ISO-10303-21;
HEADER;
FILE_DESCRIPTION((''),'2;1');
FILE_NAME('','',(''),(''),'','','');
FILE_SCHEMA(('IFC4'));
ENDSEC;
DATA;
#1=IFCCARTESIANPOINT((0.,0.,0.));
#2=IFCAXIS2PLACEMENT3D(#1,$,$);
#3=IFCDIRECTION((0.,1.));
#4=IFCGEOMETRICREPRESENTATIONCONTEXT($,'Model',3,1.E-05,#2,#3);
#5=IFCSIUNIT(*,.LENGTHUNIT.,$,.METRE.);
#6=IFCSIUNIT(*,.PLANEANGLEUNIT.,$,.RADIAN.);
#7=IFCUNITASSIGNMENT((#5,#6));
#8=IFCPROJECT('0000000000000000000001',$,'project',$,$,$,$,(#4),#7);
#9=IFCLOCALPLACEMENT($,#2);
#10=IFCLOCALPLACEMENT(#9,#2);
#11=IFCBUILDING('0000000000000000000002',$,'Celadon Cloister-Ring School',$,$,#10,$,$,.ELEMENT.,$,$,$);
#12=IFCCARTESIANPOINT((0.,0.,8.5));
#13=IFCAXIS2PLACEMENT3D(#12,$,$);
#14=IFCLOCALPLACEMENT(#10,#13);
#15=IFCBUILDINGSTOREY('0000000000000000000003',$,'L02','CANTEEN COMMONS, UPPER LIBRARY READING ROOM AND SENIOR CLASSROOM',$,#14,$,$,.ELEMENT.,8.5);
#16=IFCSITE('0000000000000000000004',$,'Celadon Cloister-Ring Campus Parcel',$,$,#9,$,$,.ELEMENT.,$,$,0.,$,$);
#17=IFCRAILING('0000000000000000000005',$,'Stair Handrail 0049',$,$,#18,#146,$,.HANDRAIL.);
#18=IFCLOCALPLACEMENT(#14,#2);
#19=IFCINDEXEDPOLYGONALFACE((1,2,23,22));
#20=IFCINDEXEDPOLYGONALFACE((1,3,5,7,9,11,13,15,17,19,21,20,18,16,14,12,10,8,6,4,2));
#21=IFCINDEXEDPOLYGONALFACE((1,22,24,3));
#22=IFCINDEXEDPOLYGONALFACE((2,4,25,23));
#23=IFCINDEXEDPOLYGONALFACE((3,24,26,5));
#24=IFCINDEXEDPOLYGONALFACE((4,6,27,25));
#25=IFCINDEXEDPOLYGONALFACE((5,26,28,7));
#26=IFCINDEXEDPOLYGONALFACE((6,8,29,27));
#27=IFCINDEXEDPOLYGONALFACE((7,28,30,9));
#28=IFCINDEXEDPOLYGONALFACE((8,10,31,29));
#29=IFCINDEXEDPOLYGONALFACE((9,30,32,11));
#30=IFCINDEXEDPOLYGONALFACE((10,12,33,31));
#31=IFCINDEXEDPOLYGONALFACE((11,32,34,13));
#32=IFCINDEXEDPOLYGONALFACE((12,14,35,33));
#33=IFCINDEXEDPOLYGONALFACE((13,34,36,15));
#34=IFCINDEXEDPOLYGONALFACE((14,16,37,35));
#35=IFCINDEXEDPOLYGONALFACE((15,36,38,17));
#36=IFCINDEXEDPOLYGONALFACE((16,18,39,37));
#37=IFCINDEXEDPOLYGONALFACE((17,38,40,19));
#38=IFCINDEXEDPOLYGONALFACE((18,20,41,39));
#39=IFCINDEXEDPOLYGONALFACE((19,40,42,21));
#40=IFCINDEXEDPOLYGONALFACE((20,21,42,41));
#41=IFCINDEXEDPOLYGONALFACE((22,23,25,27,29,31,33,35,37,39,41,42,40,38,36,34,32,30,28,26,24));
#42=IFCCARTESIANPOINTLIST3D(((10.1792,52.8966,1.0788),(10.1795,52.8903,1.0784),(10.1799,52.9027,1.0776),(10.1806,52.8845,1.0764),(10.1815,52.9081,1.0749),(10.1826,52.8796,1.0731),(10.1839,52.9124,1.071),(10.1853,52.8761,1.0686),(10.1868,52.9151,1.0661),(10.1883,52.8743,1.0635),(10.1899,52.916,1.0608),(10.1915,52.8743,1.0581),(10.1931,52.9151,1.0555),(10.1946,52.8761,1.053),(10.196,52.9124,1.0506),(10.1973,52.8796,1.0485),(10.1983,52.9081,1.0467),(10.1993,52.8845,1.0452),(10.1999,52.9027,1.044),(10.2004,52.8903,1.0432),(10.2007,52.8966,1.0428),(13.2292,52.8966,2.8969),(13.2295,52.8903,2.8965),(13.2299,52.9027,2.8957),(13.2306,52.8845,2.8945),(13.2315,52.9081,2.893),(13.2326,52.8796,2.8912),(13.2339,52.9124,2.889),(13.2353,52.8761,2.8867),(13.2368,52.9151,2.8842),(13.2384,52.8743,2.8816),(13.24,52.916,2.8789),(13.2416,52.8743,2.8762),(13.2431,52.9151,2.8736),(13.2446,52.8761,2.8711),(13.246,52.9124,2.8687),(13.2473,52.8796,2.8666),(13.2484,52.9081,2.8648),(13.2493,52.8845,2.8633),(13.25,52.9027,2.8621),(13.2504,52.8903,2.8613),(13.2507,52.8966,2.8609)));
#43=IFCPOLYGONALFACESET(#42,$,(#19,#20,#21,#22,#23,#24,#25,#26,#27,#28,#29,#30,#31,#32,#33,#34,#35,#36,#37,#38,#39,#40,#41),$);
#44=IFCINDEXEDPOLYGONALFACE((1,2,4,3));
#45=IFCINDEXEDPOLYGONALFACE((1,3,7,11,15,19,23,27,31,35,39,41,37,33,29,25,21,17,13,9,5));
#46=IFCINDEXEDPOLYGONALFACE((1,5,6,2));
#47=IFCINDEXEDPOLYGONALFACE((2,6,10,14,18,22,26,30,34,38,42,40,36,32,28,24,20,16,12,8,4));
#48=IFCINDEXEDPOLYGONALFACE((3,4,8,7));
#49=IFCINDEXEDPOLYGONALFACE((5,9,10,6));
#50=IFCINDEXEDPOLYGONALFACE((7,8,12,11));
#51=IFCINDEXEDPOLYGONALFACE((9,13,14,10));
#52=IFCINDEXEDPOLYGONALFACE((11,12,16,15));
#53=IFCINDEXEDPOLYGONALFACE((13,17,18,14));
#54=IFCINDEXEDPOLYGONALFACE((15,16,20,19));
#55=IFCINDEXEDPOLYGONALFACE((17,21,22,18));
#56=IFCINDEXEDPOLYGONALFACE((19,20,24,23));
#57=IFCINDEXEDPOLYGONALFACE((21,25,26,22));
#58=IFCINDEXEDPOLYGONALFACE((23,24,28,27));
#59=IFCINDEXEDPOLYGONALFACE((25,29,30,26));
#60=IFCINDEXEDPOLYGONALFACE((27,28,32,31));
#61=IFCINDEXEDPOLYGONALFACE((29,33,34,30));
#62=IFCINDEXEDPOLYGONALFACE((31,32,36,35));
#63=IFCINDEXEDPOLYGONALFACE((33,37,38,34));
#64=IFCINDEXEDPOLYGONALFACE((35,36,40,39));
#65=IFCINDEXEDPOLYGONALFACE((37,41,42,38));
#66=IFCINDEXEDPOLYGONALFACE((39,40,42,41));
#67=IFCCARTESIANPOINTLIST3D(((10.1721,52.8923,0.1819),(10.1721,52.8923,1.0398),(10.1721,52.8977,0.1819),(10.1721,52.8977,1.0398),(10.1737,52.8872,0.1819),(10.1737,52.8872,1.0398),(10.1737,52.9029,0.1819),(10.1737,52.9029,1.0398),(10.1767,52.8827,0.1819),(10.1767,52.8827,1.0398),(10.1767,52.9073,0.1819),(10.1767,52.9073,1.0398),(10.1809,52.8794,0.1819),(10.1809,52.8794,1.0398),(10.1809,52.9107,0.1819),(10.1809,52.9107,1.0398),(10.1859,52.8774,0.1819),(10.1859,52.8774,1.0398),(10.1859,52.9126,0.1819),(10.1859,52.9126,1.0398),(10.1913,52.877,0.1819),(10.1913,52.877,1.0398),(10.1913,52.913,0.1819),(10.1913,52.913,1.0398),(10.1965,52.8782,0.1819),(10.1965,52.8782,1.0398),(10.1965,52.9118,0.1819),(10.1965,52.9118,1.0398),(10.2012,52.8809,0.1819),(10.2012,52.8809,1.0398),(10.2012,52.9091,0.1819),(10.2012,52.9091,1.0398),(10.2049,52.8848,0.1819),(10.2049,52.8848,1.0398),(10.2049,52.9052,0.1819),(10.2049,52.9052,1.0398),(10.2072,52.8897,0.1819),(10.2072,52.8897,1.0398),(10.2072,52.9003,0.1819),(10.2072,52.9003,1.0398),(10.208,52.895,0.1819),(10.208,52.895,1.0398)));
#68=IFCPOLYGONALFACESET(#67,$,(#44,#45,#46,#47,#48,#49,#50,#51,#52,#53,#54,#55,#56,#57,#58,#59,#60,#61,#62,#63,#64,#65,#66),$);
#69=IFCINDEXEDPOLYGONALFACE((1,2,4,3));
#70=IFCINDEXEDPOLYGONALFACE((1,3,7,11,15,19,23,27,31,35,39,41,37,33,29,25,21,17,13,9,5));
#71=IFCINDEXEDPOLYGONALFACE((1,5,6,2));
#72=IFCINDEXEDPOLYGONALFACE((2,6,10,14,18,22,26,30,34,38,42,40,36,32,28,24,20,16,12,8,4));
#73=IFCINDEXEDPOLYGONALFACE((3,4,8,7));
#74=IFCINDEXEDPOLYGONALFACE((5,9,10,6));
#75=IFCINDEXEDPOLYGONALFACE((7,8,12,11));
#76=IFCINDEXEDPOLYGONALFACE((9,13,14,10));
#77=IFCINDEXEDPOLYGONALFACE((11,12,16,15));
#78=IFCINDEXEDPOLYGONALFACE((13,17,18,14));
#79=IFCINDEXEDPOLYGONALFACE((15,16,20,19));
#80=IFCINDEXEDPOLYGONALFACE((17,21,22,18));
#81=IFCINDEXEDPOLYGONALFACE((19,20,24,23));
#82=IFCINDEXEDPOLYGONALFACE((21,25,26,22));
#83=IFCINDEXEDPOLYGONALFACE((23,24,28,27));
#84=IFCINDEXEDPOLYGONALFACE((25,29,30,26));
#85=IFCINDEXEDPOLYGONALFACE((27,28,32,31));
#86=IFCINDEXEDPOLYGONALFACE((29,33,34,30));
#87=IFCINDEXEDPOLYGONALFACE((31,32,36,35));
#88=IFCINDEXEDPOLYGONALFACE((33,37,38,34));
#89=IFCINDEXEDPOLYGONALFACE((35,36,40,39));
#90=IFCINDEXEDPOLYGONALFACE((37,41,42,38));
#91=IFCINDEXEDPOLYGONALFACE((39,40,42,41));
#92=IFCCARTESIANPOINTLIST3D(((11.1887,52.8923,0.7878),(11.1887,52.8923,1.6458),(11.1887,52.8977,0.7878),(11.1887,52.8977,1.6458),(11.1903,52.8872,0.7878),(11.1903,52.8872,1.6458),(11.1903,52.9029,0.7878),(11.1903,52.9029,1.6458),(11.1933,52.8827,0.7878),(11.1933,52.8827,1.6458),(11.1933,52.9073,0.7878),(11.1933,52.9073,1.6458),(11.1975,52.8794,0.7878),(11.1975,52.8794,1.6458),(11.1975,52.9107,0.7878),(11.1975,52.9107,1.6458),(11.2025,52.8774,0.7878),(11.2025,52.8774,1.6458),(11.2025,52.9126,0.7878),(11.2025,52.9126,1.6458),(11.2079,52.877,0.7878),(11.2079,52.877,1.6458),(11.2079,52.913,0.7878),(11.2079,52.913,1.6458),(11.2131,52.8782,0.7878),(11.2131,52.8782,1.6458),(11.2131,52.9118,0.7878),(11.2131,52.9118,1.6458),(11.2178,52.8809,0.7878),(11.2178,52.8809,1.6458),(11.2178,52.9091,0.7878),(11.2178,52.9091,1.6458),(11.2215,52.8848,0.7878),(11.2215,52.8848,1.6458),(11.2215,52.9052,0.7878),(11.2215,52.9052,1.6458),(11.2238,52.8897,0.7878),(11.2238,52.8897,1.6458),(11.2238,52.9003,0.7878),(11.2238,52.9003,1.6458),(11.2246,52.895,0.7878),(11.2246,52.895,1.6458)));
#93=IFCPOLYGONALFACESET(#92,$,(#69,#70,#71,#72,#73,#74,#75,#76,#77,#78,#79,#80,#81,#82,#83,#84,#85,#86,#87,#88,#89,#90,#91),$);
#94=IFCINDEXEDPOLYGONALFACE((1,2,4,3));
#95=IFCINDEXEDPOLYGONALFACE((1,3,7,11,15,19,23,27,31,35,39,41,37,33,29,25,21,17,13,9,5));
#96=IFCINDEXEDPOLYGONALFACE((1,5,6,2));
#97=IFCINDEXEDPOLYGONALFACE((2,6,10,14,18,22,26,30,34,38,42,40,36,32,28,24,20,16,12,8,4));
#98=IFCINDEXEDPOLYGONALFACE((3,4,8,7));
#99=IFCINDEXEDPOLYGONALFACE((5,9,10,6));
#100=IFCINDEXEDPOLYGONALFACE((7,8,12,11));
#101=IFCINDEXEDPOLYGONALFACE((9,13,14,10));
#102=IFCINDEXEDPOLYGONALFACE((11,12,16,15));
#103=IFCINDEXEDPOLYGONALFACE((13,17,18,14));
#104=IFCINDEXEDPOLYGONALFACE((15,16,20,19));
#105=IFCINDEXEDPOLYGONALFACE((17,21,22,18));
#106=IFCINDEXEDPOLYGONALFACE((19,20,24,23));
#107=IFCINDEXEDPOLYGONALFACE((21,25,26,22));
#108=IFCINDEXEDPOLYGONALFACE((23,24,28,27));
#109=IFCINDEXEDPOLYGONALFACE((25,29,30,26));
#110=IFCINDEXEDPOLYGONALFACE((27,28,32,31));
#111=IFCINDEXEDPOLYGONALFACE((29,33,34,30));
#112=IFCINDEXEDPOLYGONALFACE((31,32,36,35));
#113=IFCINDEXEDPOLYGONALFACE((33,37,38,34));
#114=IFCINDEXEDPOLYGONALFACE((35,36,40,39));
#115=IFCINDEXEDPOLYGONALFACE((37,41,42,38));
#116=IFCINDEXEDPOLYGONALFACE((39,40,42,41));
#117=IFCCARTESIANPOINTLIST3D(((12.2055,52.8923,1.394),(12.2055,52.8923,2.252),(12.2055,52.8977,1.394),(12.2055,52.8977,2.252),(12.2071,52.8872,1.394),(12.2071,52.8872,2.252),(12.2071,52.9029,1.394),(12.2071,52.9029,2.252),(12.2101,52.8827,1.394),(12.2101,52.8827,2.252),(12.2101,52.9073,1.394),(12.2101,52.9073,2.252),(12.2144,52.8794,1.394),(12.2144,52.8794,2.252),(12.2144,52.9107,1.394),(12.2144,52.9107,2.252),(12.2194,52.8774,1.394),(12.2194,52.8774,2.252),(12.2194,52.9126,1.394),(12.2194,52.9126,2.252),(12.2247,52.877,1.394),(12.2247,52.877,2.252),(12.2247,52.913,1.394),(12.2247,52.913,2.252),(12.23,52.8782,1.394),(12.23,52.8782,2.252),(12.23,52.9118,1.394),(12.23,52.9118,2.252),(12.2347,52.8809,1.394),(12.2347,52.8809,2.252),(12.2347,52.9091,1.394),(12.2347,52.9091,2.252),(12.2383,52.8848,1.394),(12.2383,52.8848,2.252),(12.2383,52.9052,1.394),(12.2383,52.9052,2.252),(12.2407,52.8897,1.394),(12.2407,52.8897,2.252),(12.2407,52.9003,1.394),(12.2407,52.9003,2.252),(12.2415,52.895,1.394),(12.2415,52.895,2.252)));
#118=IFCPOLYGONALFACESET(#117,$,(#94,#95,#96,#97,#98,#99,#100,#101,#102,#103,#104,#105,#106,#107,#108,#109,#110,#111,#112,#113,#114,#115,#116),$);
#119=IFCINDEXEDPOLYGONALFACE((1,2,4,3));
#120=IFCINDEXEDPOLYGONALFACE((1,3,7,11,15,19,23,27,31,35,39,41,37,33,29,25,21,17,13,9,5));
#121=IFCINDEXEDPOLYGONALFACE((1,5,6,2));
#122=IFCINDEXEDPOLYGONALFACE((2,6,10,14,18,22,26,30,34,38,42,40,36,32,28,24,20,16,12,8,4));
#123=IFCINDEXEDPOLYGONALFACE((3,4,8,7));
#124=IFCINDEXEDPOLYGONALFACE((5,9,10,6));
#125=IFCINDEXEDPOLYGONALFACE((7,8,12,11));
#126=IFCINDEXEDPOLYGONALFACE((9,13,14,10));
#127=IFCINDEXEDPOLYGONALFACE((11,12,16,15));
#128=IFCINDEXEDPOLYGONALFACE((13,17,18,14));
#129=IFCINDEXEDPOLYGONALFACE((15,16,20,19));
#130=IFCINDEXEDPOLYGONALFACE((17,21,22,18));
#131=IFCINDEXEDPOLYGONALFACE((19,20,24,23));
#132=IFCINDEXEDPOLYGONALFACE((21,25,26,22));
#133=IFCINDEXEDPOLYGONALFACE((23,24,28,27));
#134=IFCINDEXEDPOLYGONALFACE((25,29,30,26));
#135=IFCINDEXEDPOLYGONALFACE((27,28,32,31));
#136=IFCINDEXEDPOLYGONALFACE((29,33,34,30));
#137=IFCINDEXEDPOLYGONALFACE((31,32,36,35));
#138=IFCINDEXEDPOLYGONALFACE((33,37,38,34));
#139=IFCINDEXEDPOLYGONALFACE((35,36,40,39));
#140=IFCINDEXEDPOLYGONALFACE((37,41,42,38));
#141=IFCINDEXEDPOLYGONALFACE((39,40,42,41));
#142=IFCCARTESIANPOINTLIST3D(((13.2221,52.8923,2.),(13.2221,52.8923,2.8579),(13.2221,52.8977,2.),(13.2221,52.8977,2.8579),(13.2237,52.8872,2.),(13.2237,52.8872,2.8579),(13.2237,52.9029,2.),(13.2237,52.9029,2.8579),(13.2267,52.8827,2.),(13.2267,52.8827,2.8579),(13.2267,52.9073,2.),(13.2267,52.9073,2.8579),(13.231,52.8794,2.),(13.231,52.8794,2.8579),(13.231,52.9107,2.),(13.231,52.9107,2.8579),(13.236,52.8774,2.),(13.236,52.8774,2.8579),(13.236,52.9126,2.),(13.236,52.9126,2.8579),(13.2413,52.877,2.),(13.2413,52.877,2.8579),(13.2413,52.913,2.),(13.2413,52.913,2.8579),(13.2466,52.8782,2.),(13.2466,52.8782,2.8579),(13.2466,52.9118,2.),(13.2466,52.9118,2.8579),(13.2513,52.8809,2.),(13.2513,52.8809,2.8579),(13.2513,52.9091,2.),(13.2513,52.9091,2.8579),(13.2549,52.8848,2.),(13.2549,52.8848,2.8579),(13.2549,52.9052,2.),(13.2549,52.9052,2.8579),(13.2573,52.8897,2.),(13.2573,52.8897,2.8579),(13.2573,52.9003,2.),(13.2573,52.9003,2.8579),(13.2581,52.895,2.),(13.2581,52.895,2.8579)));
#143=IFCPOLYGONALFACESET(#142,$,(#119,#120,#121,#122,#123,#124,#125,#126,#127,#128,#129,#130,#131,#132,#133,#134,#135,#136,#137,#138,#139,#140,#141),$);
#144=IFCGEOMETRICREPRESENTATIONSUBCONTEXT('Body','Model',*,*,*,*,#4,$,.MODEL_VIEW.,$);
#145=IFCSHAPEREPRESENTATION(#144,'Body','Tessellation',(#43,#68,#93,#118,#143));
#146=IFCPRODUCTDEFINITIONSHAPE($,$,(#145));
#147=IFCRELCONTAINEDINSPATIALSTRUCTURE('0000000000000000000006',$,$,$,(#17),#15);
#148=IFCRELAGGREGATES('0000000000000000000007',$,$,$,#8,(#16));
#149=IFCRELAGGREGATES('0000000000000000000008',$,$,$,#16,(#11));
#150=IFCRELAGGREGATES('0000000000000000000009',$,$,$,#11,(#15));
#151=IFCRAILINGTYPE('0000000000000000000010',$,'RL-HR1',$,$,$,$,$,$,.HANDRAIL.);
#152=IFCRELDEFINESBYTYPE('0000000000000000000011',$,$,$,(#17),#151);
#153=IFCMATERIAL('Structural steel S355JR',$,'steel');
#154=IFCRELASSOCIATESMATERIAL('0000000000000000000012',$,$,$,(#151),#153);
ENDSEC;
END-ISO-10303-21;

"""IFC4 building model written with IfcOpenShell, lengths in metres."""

from ifc_helpers import new_model, si_unit, direction, frame, origin, origin_2d, place, context, subcontext, project, spatial, circle, extrude, material, type_object, element, save


model = new_model("IFC4")

# Units and contexts
model_context = context("Model", 3, precision=1e-05, world=origin(), true_north=direction((0.0, 1.0)))
body_context = subcontext(model_context, "Body", "Model", "MODEL_VIEW")
ifc_project = project(units=[si_unit("LENGTHUNIT", "METRE"), si_unit("PLANEANGLEUNIT", "RADIAN")], contexts=[model_context])

# Site, building, storey
site_placement = place(None, origin())
site = spatial("IfcSite", under=ifc_project, at=site_placement, Name="Celadon Cloister-Ring Campus Parcel", CompositionType="ELEMENT", RefElevation=0.0)
building_placement = place(site_placement, origin())
building = spatial("IfcBuilding", under=site, at=building_placement, Name="Celadon Cloister-Ring School", CompositionType="ELEMENT")
storey_placement = place(building_placement, frame((0.0, 0.0, 8.5)))
storey = spatial("IfcBuildingStorey", under=building, at=storey_placement, Name="L02", Description="CANTEEN COMMONS, UPPER LIBRARY READING ROOM AND SENIOR CLASSROOM", CompositionType="ELEMENT", Elevation=8.5)

# Railing
ifc_material_1 = material(Name="Structural steel S355JR", Category="steel")
railing_type_1 = type_object("IfcRailingType", Name="RL-HR1", PredefinedType="HANDRAIL", material=ifc_material_1)
for number, where, name in (
    (1, (10.1899, 52.895, 0.1819), "Stair Handrail 0049"),
):
    element("IfcRailing", number, at=place(storey_placement, frame(where)), inside=storey, type_object=railing_type_1, Name=name, PredefinedType="HANDRAIL", context=body_context, shape_type="SweptSolid", body=[
        extrude(circle(Radius=0.021, at=origin_2d()), frame((0.0, 0.0, 0.8789), z_axis=(0.85897, 0.0, 0.512026), x_axis=(0.0, 1.0, 0.0)), (0.0, 0.0, 1.0), 3.5508),
        extrude(circle(Radius=0.0181, at=origin_2d()), origin(), (0.0, 0.0, 1.0), 0.8579),
        extrude(circle(Radius=0.0181, at=origin_2d()), frame((1.0166, 0.0, 0.606)), (0.0, 0.0, 1.0), 0.8579),
        extrude(circle(Radius=0.0181, at=origin_2d()), frame((2.0334, 0.0, 1.2122)), (0.0, 0.0, 1.0), 0.8579),
        extrude(circle(Radius=0.0181, at=origin_2d()), frame((3.05, 0.0, 1.8181)), (0.0, 0.0, 1.0), 0.8579),
    ])

save(model, "model.ifc")
